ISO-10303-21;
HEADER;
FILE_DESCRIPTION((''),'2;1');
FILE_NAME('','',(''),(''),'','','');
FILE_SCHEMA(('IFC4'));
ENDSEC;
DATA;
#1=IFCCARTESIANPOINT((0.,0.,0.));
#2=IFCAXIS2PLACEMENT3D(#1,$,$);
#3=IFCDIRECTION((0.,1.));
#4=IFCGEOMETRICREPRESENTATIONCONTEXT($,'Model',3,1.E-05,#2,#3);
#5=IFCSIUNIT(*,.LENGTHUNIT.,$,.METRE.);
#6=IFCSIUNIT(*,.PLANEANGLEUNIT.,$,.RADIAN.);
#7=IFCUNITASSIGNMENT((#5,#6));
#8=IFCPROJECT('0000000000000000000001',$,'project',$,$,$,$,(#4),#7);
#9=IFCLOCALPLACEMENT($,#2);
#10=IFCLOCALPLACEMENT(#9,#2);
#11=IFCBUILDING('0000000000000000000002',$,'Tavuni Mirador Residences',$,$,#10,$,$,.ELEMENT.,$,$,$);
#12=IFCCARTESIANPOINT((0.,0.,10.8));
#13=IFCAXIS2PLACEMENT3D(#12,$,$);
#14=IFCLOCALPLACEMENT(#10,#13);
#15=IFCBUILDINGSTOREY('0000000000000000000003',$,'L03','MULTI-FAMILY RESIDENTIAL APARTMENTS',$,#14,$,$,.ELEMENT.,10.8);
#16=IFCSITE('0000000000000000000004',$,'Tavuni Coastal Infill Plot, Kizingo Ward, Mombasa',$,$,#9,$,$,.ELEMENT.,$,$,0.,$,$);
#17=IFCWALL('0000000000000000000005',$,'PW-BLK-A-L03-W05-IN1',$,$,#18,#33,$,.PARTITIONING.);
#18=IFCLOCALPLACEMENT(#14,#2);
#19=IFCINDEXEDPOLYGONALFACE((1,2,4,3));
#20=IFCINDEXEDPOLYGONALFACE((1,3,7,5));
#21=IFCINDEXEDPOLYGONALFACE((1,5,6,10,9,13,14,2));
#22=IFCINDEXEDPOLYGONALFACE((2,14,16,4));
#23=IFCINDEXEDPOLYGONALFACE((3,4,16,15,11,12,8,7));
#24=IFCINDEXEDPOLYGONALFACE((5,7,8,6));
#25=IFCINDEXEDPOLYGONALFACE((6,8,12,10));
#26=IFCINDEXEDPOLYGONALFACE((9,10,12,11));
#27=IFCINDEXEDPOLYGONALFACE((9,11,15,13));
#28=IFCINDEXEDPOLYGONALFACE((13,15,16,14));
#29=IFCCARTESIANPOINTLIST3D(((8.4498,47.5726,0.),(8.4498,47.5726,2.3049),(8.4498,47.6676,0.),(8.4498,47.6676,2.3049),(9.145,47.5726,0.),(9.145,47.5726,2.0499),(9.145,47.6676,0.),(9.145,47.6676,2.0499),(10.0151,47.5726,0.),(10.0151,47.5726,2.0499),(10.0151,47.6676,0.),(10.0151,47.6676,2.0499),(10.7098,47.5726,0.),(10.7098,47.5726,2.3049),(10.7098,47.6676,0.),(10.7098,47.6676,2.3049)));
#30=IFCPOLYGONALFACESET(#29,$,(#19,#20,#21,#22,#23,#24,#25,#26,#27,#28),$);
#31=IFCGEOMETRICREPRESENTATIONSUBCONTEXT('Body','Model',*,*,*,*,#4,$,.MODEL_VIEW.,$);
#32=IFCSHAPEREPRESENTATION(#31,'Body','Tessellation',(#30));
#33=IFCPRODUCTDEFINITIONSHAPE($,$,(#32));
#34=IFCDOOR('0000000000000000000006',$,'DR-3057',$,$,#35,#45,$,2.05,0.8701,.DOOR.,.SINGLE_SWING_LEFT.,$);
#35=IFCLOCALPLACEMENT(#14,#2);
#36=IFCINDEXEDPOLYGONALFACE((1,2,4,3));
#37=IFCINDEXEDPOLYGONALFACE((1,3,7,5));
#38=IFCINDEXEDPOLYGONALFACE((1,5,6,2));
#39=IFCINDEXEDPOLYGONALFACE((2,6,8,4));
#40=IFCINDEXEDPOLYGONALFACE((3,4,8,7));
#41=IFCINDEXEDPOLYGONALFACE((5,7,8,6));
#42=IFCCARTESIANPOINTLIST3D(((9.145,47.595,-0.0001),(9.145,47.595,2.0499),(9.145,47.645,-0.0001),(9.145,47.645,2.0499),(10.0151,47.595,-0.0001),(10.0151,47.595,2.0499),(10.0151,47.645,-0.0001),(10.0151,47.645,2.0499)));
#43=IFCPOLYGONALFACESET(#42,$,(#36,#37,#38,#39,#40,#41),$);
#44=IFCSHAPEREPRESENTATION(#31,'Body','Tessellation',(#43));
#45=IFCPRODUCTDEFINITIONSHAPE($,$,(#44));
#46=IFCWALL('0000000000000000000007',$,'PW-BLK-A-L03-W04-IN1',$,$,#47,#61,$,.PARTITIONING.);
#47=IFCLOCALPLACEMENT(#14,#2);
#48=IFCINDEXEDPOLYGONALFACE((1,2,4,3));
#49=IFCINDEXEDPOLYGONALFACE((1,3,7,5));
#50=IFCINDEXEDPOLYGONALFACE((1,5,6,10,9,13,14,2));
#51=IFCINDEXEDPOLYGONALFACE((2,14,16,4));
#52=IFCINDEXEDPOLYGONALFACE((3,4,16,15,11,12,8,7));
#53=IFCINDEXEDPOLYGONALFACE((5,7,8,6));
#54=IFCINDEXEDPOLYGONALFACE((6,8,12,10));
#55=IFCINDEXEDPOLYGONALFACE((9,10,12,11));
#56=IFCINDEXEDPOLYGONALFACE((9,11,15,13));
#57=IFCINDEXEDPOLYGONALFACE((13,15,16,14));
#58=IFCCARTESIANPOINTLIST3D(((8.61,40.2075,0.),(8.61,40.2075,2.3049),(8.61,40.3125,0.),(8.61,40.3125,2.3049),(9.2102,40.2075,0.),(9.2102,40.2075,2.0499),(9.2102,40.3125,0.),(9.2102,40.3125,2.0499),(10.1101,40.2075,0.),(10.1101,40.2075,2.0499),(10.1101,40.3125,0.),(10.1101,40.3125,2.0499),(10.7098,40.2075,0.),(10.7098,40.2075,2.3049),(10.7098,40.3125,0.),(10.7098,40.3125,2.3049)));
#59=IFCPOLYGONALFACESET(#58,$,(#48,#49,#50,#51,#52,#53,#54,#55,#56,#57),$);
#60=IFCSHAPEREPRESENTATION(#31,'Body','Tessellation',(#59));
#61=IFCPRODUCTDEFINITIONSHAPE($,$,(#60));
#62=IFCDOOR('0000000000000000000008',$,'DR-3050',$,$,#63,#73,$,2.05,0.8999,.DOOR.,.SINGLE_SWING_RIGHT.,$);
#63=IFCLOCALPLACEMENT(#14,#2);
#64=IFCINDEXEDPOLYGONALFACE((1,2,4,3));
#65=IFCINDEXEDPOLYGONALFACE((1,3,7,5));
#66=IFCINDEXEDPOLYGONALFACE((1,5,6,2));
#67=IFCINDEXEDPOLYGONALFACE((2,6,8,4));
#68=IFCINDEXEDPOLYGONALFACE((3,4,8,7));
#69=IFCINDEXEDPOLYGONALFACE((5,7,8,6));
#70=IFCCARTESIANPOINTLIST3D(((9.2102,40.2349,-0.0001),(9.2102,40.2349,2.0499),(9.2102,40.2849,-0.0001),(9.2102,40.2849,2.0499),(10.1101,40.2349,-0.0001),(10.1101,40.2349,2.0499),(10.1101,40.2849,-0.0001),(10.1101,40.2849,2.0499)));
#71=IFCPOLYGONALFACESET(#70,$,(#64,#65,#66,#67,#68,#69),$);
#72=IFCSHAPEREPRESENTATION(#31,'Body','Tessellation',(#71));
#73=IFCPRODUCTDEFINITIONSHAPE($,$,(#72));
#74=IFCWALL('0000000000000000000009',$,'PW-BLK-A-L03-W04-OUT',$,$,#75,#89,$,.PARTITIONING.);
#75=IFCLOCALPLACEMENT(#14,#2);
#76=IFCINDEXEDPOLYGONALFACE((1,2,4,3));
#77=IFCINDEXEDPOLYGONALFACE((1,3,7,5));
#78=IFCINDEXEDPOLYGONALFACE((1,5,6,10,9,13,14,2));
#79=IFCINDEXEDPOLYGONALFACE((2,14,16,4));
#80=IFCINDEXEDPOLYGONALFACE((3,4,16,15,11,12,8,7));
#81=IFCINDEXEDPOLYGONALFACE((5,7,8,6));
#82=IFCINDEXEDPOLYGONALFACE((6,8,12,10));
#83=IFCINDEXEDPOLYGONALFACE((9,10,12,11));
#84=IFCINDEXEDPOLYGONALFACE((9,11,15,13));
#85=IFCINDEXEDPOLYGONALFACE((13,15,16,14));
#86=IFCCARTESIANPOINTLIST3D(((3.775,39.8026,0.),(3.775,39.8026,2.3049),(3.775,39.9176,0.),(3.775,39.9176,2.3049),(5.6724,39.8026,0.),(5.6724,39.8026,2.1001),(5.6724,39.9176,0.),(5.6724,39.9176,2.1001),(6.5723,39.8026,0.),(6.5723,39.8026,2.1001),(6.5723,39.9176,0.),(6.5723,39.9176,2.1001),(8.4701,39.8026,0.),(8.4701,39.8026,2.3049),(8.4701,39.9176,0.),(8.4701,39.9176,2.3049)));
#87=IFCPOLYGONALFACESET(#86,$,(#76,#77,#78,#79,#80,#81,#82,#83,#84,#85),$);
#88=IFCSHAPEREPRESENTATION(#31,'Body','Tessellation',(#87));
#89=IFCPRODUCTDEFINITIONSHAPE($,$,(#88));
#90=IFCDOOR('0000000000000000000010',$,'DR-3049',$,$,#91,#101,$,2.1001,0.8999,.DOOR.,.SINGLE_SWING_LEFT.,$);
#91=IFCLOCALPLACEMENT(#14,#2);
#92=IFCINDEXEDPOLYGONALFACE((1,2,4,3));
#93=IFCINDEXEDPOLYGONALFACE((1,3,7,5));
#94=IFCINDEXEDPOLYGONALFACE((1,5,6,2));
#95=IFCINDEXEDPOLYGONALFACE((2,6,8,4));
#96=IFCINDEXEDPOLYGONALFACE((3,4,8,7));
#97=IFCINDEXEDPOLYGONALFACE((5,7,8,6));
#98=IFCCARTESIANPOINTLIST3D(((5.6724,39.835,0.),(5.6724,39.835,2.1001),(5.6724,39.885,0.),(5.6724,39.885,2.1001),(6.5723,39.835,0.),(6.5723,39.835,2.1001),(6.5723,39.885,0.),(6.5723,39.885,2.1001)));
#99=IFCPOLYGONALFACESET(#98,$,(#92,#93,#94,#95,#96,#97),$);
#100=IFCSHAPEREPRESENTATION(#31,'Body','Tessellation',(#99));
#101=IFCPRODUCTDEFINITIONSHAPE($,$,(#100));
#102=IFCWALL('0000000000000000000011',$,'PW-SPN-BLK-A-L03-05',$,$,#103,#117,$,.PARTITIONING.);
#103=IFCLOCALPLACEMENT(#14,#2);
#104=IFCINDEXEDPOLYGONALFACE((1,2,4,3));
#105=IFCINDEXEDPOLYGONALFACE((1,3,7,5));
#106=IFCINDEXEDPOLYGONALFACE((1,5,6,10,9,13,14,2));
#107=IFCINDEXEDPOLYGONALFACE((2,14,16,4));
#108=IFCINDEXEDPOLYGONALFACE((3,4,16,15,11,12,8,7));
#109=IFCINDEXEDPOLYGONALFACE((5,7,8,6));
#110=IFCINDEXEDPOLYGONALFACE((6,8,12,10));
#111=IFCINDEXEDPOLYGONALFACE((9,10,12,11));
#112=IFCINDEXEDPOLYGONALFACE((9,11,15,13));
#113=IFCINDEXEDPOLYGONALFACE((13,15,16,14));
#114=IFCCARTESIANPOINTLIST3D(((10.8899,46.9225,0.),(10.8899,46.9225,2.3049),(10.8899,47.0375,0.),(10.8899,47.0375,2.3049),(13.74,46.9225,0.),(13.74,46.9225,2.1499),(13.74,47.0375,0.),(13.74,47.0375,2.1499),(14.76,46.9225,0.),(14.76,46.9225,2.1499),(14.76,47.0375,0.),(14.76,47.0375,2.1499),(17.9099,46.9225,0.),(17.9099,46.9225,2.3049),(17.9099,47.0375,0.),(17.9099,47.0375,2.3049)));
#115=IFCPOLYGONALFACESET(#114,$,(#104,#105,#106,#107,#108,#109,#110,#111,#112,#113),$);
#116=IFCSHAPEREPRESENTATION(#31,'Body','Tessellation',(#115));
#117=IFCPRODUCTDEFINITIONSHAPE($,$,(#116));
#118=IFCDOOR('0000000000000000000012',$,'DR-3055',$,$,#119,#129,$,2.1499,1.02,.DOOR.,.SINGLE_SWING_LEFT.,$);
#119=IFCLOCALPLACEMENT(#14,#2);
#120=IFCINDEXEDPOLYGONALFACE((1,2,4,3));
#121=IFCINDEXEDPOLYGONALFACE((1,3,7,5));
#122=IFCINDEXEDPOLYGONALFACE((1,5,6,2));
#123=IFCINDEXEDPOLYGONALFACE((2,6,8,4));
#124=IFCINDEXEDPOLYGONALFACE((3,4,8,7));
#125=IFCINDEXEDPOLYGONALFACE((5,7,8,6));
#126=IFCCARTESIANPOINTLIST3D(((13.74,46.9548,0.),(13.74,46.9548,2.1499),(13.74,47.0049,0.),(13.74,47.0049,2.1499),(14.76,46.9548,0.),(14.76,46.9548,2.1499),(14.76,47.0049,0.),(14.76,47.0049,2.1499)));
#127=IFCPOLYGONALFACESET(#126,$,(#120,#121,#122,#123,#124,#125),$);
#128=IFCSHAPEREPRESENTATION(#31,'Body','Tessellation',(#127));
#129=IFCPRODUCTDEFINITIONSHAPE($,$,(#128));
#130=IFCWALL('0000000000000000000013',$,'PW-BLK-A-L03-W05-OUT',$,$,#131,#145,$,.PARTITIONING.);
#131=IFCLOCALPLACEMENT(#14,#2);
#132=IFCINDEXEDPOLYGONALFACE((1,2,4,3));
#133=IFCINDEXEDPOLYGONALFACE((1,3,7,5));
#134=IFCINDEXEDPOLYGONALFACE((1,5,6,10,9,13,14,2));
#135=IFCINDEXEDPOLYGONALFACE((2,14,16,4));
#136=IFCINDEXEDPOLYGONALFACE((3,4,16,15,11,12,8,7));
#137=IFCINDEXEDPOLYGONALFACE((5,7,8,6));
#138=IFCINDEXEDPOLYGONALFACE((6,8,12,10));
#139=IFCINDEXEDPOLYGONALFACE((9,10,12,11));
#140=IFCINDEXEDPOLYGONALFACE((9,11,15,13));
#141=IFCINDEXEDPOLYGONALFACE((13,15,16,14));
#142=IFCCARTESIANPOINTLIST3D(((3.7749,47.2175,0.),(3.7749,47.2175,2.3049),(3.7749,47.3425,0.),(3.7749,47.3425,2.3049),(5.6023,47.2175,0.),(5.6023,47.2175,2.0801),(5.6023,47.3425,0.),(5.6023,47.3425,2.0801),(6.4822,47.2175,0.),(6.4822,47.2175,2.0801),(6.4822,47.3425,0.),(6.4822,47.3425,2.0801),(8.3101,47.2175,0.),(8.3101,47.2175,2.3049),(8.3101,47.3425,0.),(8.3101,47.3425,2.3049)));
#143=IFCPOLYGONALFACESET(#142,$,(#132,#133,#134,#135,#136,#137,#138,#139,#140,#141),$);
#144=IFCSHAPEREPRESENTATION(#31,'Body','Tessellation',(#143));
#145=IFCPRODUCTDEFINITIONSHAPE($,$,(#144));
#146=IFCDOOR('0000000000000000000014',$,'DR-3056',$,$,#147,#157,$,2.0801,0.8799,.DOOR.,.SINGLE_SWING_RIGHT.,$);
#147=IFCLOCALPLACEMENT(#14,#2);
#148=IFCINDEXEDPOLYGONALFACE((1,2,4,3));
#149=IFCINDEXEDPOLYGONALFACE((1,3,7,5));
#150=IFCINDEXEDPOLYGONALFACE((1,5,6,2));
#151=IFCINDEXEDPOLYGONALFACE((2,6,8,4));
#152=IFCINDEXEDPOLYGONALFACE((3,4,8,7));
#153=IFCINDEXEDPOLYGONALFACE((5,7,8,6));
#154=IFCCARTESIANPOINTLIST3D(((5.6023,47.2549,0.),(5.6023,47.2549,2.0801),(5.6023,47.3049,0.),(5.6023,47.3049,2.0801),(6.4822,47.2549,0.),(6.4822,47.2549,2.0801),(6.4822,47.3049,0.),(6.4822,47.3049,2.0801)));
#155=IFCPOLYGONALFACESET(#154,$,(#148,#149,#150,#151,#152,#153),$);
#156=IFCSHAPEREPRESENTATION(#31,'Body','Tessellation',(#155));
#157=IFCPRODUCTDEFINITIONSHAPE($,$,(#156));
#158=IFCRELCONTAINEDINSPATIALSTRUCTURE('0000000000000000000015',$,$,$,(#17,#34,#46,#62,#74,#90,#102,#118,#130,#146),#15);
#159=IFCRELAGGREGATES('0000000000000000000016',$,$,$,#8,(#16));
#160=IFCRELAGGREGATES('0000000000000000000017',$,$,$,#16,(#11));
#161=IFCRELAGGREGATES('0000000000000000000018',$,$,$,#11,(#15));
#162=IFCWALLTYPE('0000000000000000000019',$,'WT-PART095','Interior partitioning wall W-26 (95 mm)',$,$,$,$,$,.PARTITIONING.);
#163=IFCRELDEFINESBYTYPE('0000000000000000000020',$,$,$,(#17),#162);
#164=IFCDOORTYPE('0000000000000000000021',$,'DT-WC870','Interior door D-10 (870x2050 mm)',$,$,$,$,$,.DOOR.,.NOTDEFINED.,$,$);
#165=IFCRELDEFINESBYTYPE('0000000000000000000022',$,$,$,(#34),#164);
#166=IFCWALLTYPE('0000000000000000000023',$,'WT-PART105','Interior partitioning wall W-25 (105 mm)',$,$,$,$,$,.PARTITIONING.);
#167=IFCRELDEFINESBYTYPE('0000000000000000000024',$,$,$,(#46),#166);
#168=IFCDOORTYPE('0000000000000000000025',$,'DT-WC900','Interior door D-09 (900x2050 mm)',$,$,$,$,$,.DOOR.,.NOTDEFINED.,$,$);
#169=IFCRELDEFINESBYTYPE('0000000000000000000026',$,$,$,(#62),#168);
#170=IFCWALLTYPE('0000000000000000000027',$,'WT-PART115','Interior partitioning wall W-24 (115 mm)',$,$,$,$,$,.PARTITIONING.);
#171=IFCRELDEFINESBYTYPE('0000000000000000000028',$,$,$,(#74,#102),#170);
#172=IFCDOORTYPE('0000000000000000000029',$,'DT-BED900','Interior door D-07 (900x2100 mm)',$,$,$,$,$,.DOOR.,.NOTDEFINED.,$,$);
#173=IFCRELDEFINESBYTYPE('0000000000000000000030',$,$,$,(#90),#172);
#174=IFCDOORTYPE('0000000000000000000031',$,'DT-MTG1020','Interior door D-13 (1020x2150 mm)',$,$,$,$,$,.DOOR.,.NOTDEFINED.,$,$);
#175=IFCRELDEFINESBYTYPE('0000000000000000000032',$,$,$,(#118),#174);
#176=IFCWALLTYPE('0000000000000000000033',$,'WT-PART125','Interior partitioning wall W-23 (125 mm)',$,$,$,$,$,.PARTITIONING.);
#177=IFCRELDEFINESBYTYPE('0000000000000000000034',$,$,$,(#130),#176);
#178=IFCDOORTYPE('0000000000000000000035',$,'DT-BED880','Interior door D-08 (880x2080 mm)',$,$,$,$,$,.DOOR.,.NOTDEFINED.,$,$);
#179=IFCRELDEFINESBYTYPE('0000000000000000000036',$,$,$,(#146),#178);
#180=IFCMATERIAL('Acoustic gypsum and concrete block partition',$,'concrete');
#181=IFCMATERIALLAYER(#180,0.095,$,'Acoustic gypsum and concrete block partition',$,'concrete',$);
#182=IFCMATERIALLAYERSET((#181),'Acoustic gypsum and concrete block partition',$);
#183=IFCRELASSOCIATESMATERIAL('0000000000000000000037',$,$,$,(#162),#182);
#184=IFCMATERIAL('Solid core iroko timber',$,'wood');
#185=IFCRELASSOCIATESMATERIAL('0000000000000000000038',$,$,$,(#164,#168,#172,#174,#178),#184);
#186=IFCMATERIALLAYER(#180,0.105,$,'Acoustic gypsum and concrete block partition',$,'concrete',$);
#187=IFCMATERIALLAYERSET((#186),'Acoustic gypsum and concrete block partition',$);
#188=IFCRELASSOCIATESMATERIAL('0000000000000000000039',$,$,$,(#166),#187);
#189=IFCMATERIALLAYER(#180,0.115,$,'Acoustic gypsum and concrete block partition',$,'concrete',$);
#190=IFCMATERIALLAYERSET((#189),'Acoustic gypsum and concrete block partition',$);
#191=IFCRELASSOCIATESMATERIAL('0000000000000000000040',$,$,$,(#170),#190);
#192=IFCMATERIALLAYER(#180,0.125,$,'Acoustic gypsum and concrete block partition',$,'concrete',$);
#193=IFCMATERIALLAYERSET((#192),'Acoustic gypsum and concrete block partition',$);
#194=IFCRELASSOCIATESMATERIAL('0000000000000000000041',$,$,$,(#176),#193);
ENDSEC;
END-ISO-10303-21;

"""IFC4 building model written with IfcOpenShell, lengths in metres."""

from ifc_helpers import new_model, si_unit, direction, frame, frame_2d, origin, place, context, subcontext, project, spatial, rectangle, extrude, material, layer, layer_set, type_object, element, fill, save


model = new_model("IFC4")

# Units and contexts
model_context = context("Model", 3, precision=1e-05, world=origin(), true_north=direction((0.0, 1.0)))
body_context = subcontext(model_context, "Body", "Model", "MODEL_VIEW")
ifc_project = project(units=[si_unit("LENGTHUNIT", "METRE"), si_unit("PLANEANGLEUNIT", "RADIAN")], contexts=[model_context])

# Site, building, storey
site_placement = place(None, origin())
site = spatial("IfcSite", under=ifc_project, at=site_placement, Name="Tavuni Coastal Infill Plot, Kizingo Ward, Mombasa", CompositionType="ELEMENT", RefElevation=0.0)
building_placement = place(site_placement, origin())
building = spatial("IfcBuilding", under=site, at=building_placement, Name="Tavuni Mirador Residences", CompositionType="ELEMENT")
storey_placement = place(building_placement, frame((0.0, 0.0, 10.8)))
storey = spatial("IfcBuildingStorey", under=building, at=storey_placement, Name="L03", Description="MULTI-FAMILY RESIDENTIAL APARTMENTS", CompositionType="ELEMENT", Elevation=10.8)

# Shared definitions
ifc_material_1 = material(Name="Solid core iroko timber", Category="wood")

# Walls, openings, doors
ifc_material_2 = material(Name="Acoustic gypsum and concrete block partition", Category="concrete")
ifc_layer_1 = layer(ifc_material_2, 0.095, Name="Acoustic gypsum and concrete block partition", Category="concrete")
ifc_layer_set_1 = layer_set([ifc_layer_1], Name="Acoustic gypsum and concrete block partition")
wall_type_1 = type_object("IfcWallType", Name="WT-PART095", Description="Interior partitioning wall W-26 (95 mm)", PredefinedType="PARTITIONING", material=ifc_layer_set_1)
wall_1_placement = place(storey_placement, frame((8.45, 47.6201, 0.0), z_axis=(0.0, 0.0, 1.0), x_axis=(1.0, 0.0, 0.0)))
wall_1 = element("IfcWall", 1, at=wall_1_placement, inside=storey, type_object=wall_type_1, Name="PW-BLK-A-L03-W05-IN1", PredefinedType="PARTITIONING", context=body_context, shape_type="SweptSolid", body=[
    extrude(rectangle(XDim=2.26, YDim=0.095, at=frame_2d((1.1299, 0.0))), origin(), (0.0, 0.0, 1.0), 2.3049),
])
opening_1_placement = place(wall_1_placement, frame((0.6951, 0.0, 0.0)))
opening_1 = element("IfcOpeningElement", 2, at=opening_1_placement, cuts=wall_1, PredefinedType="OPENING", context=body_context, shape_type="SweptSolid", body=[
    extrude(rectangle(XDim=0.8701, YDim=2.05, at=frame_2d((0.4351, 1.0249))), frame((0.0, 0.0576, 0.0), z_axis=(0.0, -1.0, 0.0), x_axis=(1.0, 0.0, 0.0)), (0.0, 0.0, 1.0), 0.115),
])
door_type_1 = type_object("IfcDoorType", Name="DT-WC870", Description="Interior door D-10 (870x2050 mm)", OperationType="NOTDEFINED", PredefinedType="DOOR", material=ifc_material_1)
door_1_placement = place(opening_1_placement, origin())
door_1 = element("IfcDoor", 3, at=door_1_placement, inside=storey, type_object=door_type_1, Name="DR-3057", OperationType="SINGLE_SWING_LEFT", OverallHeight=2.05, OverallWidth=0.8701, PredefinedType="DOOR", context=body_context, shape_type="SweptSolid", body=[
    extrude(rectangle(XDim=0.8701, YDim=2.05, at=frame_2d((0.4351, 1.0249))), frame((0.0, 0.0249, 0.0), z_axis=(0.0, -1.0, 0.0), x_axis=(1.0, 0.0, 0.0)), (0.0, 0.0, 1.0), 0.05),
])
fill(opening_1, door_1)
ifc_layer_2 = layer(ifc_material_2, 0.105, Name="Acoustic gypsum and concrete block partition", Category="concrete")
ifc_layer_set_2 = layer_set([ifc_layer_2], Name="Acoustic gypsum and concrete block partition")
wall_type_2 = type_object("IfcWallType", Name="WT-PART105", Description="Interior partitioning wall W-25 (105 mm)", PredefinedType="PARTITIONING", material=ifc_layer_set_2)
wall_2_placement = place(storey_placement, frame((8.6101, 40.26, 0.0), z_axis=(0.0, 0.0, 1.0), x_axis=(1.0, 0.0, 0.0)))
wall_2 = element("IfcWall", 4, at=wall_2_placement, inside=storey, type_object=wall_type_2, Name="PW-BLK-A-L03-W04-IN1", PredefinedType="PARTITIONING", context=body_context, shape_type="SweptSolid", body=[
    extrude(rectangle(XDim=2.0999, YDim=0.105, at=frame_2d((1.0498, 0.0))), origin(), (0.0, 0.0, 1.0), 2.3049),
])
opening_2_placement = place(wall_2_placement, frame((0.6001, 0.0, 0.0)))
opening_2 = element("IfcOpeningElement", 5, at=opening_2_placement, cuts=wall_2, PredefinedType="OPENING", context=body_context, shape_type="SweptSolid", body=[
    extrude(rectangle(XDim=0.8999, YDim=2.05, at=frame_2d((0.45, 1.0249))), frame((0.0, 0.0625, 0.0), z_axis=(0.0, -1.0, 0.0), x_axis=(1.0, 0.0, 0.0)), (0.0, 0.0, 1.0), 0.125),
])
door_type_2 = type_object("IfcDoorType", Name="DT-WC900", Description="Interior door D-09 (900x2050 mm)", OperationType="NOTDEFINED", PredefinedType="DOOR", material=ifc_material_1)
door_2_placement = place(opening_2_placement, origin())
door_2 = element("IfcDoor", 6, at=door_2_placement, inside=storey, type_object=door_type_2, Name="DR-3050", OperationType="SINGLE_SWING_RIGHT", OverallHeight=2.05, OverallWidth=0.8999, PredefinedType="DOOR", context=body_context, shape_type="SweptSolid", body=[
    extrude(rectangle(XDim=0.8999, YDim=2.05, at=frame_2d((0.45, 1.0249))), frame((0.0, 0.0249, 0.0), z_axis=(0.0, -1.0, 0.0), x_axis=(1.0, 0.0, 0.0)), (0.0, 0.0, 1.0), 0.05),
])
fill(opening_2, door_2)
ifc_layer_3 = layer(ifc_material_2, 0.115, Name="Acoustic gypsum and concrete block partition", Category="concrete")
ifc_layer_set_3 = layer_set([ifc_layer_3], Name="Acoustic gypsum and concrete block partition")
wall_type_3 = type_object("IfcWallType", Name="WT-PART115", Description="Interior partitioning wall W-24 (115 mm)", PredefinedType="PARTITIONING", material=ifc_layer_set_3)
wall_3_placement = place(storey_placement, frame((3.7749, 39.8601, 0.0), z_axis=(0.0, 0.0, 1.0), x_axis=(1.0, 0.0, 0.0)))
wall_3 = element("IfcWall", 7, at=wall_3_placement, inside=storey, type_object=wall_type_3, Name="PW-BLK-A-L03-W04-OUT", PredefinedType="PARTITIONING", context=body_context, shape_type="SweptSolid", body=[
    extrude(rectangle(XDim=4.6951, YDim=0.115, at=frame_2d((2.3477, 0.0))), origin(), (0.0, 0.0, 1.0), 2.3049),
])
opening_3_placement = place(wall_3_placement, frame((1.8975, 0.0, 0.0)))
opening_3 = element("IfcOpeningElement", 8, at=opening_3_placement, cuts=wall_3, PredefinedType="OPENING", context=body_context, shape_type="SweptSolid", body=[
    extrude(rectangle(XDim=0.8999, YDim=2.1001, at=frame_2d((0.45, 1.05))), frame((0.0, 0.0674, 0.0), z_axis=(0.0, -1.0, 0.0), x_axis=(1.0, 0.0, 0.0)), (0.0, 0.0, 1.0), 0.135),
])
door_type_3 = type_object("IfcDoorType", Name="DT-BED900", Description="Interior door D-07 (900x2100 mm)", OperationType="NOTDEFINED", PredefinedType="DOOR", material=ifc_material_1)
door_3_placement = place(opening_3_placement, origin())
door_3 = element("IfcDoor", 9, at=door_3_placement, inside=storey, type_object=door_type_3, Name="DR-3049", OperationType="SINGLE_SWING_LEFT", OverallHeight=2.1001, OverallWidth=0.8999, PredefinedType="DOOR", context=body_context, shape_type="SweptSolid", body=[
    extrude(rectangle(XDim=0.8999, YDim=2.1001, at=frame_2d((0.45, 1.05))), frame((0.0, 0.0249, 0.0), z_axis=(0.0, -1.0, 0.0), x_axis=(1.0, 0.0, 0.0)), (0.0, 0.0, 1.0), 0.05),
])
fill(opening_3, door_3)
wall_4_placement = place(storey_placement, frame((10.8899, 46.98, 0.0), z_axis=(0.0, 0.0, 1.0), x_axis=(1.0, 0.0, 0.0)))
wall_4 = element("IfcWall", 10, at=wall_4_placement, inside=storey, type_object=wall_type_3, Name="PW-SPN-BLK-A-L03-05", PredefinedType="PARTITIONING", context=body_context, shape_type="SweptSolid", body=[
    extrude(rectangle(XDim=7.02, YDim=0.115, at=frame_2d((3.51, 0.0))), origin(), (0.0, 0.0, 1.0), 2.3049),
])
opening_4_placement = place(wall_4_placement, frame((2.8501, 0.0, 0.0)))
opening_4 = element("IfcOpeningElement", 11, at=opening_4_placement, cuts=wall_4, PredefinedType="OPENING", context=body_context, shape_type="SweptSolid", body=[
    extrude(rectangle(XDim=1.02, YDim=2.1499, at=frame_2d((0.51, 1.075))), frame((0.0, 0.0674, 0.0), z_axis=(0.0, -1.0, 0.0), x_axis=(1.0, 0.0, 0.0)), (0.0, 0.0, 1.0), 0.135),
])
door_type_4 = type_object("IfcDoorType", Name="DT-MTG1020", Description="Interior door D-13 (1020x2150 mm)", OperationType="NOTDEFINED", PredefinedType="DOOR", material=ifc_material_1)
door_4_placement = place(opening_4_placement, origin())
door_4 = element("IfcDoor", 12, at=door_4_placement, inside=storey, type_object=door_type_4, Name="DR-3055", OperationType="SINGLE_SWING_LEFT", OverallHeight=2.1499, OverallWidth=1.02, PredefinedType="DOOR", context=body_context, shape_type="SweptSolid", body=[
    extrude(rectangle(XDim=1.02, YDim=2.1499, at=frame_2d((0.51, 1.075))), frame((0.0, 0.0249, 0.0), z_axis=(0.0, -1.0, 0.0), x_axis=(1.0, 0.0, 0.0)), (0.0, 0.0, 1.0), 0.05),
])
fill(opening_4, door_4)
ifc_layer_4 = layer(ifc_material_2, 0.125, Name="Acoustic gypsum and concrete block partition", Category="concrete")
ifc_layer_set_4 = layer_set([ifc_layer_4], Name="Acoustic gypsum and concrete block partition")
wall_type_4 = type_object("IfcWallType", Name="WT-PART125", Description="Interior partitioning wall W-23 (125 mm)", PredefinedType="PARTITIONING", material=ifc_layer_set_4)
wall_5_placement = place(storey_placement, frame((3.7749, 47.28, 0.0), z_axis=(0.0, 0.0, 1.0), x_axis=(1.0, 0.0, 0.0)))
wall_5 = element("IfcWall", 13, at=wall_5_placement, inside=storey, type_object=wall_type_4, Name="PW-BLK-A-L03-W05-OUT", PredefinedType="PARTITIONING", context=body_context, shape_type="SweptSolid", body=[
    extrude(rectangle(XDim=4.5352, YDim=0.125, at=frame_2d((2.2676, 0.0))), origin(), (0.0, 0.0, 1.0), 2.3049),
])
opening_5_placement = place(wall_5_placement, frame((1.8274, 0.0, 0.0)))
opening_5 = element("IfcOpeningElement", 14, at=opening_5_placement, cuts=wall_5, PredefinedType="OPENING", context=body_context, shape_type="SweptSolid", body=[
    extrude(rectangle(XDim=0.8799, YDim=2.0801, at=frame_2d((0.4399, 1.04))), frame((0.0, 0.0725, 0.0), z_axis=(0.0, -1.0, 0.0), x_axis=(1.0, 0.0, 0.0)), (0.0, 0.0, 1.0), 0.145),
])
door_type_5 = type_object("IfcDoorType", Name="DT-BED880", Description="Interior door D-08 (880x2080 mm)", OperationType="NOTDEFINED", PredefinedType="DOOR", material=ifc_material_1)
door_5_placement = place(opening_5_placement, origin())
door_5 = element("IfcDoor", 15, at=door_5_placement, inside=storey, type_object=door_type_5, Name="DR-3056", OperationType="SINGLE_SWING_RIGHT", OverallHeight=2.0801, OverallWidth=0.8799, PredefinedType="DOOR", context=body_context, shape_type="SweptSolid", body=[
    extrude(rectangle(XDim=0.8799, YDim=2.0801, at=frame_2d((0.4399, 1.04))), frame((0.0, 0.0249, 0.0), z_axis=(0.0, -1.0, 0.0), x_axis=(1.0, 0.0, 0.0)), (0.0, 0.0, 1.0), 0.05),
])
fill(opening_5, door_5)

save(model, "model.ifc")
